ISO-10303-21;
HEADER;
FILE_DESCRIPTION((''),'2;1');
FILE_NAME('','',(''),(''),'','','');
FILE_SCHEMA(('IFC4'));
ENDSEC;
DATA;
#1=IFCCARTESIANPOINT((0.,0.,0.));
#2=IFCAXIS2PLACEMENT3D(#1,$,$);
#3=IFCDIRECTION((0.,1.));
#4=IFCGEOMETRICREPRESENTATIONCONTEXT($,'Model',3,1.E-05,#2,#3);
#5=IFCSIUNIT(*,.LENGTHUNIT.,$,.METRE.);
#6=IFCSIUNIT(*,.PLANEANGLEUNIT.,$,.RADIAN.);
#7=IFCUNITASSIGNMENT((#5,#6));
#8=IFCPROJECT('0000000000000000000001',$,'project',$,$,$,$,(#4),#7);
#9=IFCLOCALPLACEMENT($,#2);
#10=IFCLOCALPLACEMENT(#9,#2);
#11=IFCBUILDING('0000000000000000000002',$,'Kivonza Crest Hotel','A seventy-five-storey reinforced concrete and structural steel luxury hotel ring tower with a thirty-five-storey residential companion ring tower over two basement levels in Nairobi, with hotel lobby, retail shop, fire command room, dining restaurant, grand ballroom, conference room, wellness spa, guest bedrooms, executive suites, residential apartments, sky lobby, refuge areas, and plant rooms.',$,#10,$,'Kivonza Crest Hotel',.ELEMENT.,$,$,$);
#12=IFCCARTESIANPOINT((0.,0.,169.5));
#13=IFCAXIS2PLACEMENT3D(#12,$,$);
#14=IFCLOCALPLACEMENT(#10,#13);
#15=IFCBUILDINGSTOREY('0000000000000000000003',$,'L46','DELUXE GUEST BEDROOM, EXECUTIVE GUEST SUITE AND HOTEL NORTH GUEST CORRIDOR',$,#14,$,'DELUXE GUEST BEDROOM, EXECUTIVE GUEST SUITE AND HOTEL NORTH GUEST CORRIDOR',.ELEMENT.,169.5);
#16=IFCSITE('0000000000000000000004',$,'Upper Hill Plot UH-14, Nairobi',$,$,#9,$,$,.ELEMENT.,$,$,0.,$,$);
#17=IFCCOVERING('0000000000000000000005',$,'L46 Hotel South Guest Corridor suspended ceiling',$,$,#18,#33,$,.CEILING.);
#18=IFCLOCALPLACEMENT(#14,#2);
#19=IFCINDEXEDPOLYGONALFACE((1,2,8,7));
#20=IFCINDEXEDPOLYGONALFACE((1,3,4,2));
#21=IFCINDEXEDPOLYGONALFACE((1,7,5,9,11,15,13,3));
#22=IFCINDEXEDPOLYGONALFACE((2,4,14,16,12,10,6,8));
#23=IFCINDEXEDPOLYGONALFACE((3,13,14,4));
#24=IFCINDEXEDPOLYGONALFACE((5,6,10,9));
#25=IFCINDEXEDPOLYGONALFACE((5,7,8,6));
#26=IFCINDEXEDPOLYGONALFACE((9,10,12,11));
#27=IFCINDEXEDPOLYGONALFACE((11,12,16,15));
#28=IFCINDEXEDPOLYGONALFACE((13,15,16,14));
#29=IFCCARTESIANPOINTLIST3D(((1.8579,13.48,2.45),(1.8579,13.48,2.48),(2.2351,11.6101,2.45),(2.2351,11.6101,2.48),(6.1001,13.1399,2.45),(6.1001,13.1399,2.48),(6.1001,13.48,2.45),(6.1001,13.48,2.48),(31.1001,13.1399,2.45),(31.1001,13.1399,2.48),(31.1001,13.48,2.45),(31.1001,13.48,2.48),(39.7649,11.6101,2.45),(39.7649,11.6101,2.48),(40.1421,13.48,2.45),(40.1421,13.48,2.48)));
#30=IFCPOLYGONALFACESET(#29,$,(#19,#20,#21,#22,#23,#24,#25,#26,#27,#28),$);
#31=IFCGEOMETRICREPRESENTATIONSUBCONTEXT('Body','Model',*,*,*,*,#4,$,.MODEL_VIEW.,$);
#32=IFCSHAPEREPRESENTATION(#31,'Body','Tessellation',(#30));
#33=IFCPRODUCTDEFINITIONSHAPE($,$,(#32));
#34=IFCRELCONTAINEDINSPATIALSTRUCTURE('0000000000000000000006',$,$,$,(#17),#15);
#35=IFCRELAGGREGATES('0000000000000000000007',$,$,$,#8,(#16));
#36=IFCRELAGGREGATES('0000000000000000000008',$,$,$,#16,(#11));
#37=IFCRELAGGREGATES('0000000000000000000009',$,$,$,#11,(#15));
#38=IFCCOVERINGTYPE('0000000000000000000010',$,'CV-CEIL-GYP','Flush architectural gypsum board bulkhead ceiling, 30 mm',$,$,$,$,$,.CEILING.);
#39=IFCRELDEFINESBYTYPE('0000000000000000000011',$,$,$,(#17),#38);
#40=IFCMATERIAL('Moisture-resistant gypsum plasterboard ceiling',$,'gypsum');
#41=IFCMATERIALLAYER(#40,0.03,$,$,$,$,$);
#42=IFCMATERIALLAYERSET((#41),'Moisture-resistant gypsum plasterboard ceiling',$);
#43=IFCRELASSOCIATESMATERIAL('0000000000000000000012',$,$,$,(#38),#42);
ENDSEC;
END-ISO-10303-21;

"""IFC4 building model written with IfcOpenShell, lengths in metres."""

from ifc_helpers import new_model, si_unit, direction, frame, origin, place, context, subcontext, project, spatial, polyline, outline, extrude, material, layer, layer_set, type_object, element, save


model = new_model("IFC4")

# Units and contexts
model_context = context("Model", 3, precision=1e-05, world=origin(), true_north=direction((0.0, 1.0)))
body_context = subcontext(model_context, "Body", "Model", "MODEL_VIEW")
ifc_project = project(units=[si_unit("LENGTHUNIT", "METRE"), si_unit("PLANEANGLEUNIT", "RADIAN")], contexts=[model_context])

# Site, building, storey
site_placement = place(None, origin())
site = spatial("IfcSite", under=ifc_project, at=site_placement, Name="Upper Hill Plot UH-14, Nairobi", CompositionType="ELEMENT", RefElevation=0.0)
building_placement = place(site_placement, origin())
building = spatial("IfcBuilding", under=site, at=building_placement, Name="Kivonza Crest Hotel", Description="A seventy-five-storey reinforced concrete and structural steel luxury hotel ring tower with a thirty-five-storey residential companion ring tower over two basement levels in Nairobi, with hotel lobby, retail shop, fire command room, dining restaurant, grand ballroom, conference room, wellness spa, guest bedrooms, executive suites, residential apartments, sky lobby, refuge areas, and plant rooms.", LongName="Kivonza Crest Hotel", CompositionType="ELEMENT")
storey_placement = place(building_placement, frame((0.0, 0.0, 169.5)))
storey = spatial("IfcBuildingStorey", under=building, at=storey_placement, Name="L46", Description="DELUXE GUEST BEDROOM, EXECUTIVE GUEST SUITE AND HOTEL NORTH GUEST CORRIDOR", LongName="DELUXE GUEST BEDROOM, EXECUTIVE GUEST SUITE AND HOTEL NORTH GUEST CORRIDOR", CompositionType="ELEMENT", Elevation=169.5)

# Covering
ifc_material_1 = material(Name="Moisture-resistant gypsum plasterboard ceiling", Category="gypsum")
ifc_layer_1 = layer(ifc_material_1, 0.03)
ifc_layer_set_1 = layer_set([ifc_layer_1], Name="Moisture-resistant gypsum plasterboard ceiling")
covering_type = type_object("IfcCoveringType", Name="CV-CEIL-GYP", Description="Flush architectural gypsum board bulkhead ceiling, 30 mm", PredefinedType="CEILING", material=ifc_layer_set_1)
covering_1_placement = place(storey_placement, frame((0.0, 0.0, 2.45)))
element("IfcCovering", 1, at=covering_1_placement, inside=storey, type_object=covering_type, Name="L46 Hotel South Guest Corridor suspended ceiling", PredefinedType="CEILING", context=body_context, shape_type="SweptSolid", body=[
    extrude(outline(polyline([(1.8579, 13.48), (2.2351, 11.6101), (39.7649, 11.6101), (40.1421, 13.48), (31.1001, 13.48), (31.1001, 13.1399), (6.1001, 13.1399), (6.1001, 13.48), (1.8579, 13.48)])), origin(), (0.0, 0.0, 1.0), 0.03),
])

save(model, "model.ifc")
